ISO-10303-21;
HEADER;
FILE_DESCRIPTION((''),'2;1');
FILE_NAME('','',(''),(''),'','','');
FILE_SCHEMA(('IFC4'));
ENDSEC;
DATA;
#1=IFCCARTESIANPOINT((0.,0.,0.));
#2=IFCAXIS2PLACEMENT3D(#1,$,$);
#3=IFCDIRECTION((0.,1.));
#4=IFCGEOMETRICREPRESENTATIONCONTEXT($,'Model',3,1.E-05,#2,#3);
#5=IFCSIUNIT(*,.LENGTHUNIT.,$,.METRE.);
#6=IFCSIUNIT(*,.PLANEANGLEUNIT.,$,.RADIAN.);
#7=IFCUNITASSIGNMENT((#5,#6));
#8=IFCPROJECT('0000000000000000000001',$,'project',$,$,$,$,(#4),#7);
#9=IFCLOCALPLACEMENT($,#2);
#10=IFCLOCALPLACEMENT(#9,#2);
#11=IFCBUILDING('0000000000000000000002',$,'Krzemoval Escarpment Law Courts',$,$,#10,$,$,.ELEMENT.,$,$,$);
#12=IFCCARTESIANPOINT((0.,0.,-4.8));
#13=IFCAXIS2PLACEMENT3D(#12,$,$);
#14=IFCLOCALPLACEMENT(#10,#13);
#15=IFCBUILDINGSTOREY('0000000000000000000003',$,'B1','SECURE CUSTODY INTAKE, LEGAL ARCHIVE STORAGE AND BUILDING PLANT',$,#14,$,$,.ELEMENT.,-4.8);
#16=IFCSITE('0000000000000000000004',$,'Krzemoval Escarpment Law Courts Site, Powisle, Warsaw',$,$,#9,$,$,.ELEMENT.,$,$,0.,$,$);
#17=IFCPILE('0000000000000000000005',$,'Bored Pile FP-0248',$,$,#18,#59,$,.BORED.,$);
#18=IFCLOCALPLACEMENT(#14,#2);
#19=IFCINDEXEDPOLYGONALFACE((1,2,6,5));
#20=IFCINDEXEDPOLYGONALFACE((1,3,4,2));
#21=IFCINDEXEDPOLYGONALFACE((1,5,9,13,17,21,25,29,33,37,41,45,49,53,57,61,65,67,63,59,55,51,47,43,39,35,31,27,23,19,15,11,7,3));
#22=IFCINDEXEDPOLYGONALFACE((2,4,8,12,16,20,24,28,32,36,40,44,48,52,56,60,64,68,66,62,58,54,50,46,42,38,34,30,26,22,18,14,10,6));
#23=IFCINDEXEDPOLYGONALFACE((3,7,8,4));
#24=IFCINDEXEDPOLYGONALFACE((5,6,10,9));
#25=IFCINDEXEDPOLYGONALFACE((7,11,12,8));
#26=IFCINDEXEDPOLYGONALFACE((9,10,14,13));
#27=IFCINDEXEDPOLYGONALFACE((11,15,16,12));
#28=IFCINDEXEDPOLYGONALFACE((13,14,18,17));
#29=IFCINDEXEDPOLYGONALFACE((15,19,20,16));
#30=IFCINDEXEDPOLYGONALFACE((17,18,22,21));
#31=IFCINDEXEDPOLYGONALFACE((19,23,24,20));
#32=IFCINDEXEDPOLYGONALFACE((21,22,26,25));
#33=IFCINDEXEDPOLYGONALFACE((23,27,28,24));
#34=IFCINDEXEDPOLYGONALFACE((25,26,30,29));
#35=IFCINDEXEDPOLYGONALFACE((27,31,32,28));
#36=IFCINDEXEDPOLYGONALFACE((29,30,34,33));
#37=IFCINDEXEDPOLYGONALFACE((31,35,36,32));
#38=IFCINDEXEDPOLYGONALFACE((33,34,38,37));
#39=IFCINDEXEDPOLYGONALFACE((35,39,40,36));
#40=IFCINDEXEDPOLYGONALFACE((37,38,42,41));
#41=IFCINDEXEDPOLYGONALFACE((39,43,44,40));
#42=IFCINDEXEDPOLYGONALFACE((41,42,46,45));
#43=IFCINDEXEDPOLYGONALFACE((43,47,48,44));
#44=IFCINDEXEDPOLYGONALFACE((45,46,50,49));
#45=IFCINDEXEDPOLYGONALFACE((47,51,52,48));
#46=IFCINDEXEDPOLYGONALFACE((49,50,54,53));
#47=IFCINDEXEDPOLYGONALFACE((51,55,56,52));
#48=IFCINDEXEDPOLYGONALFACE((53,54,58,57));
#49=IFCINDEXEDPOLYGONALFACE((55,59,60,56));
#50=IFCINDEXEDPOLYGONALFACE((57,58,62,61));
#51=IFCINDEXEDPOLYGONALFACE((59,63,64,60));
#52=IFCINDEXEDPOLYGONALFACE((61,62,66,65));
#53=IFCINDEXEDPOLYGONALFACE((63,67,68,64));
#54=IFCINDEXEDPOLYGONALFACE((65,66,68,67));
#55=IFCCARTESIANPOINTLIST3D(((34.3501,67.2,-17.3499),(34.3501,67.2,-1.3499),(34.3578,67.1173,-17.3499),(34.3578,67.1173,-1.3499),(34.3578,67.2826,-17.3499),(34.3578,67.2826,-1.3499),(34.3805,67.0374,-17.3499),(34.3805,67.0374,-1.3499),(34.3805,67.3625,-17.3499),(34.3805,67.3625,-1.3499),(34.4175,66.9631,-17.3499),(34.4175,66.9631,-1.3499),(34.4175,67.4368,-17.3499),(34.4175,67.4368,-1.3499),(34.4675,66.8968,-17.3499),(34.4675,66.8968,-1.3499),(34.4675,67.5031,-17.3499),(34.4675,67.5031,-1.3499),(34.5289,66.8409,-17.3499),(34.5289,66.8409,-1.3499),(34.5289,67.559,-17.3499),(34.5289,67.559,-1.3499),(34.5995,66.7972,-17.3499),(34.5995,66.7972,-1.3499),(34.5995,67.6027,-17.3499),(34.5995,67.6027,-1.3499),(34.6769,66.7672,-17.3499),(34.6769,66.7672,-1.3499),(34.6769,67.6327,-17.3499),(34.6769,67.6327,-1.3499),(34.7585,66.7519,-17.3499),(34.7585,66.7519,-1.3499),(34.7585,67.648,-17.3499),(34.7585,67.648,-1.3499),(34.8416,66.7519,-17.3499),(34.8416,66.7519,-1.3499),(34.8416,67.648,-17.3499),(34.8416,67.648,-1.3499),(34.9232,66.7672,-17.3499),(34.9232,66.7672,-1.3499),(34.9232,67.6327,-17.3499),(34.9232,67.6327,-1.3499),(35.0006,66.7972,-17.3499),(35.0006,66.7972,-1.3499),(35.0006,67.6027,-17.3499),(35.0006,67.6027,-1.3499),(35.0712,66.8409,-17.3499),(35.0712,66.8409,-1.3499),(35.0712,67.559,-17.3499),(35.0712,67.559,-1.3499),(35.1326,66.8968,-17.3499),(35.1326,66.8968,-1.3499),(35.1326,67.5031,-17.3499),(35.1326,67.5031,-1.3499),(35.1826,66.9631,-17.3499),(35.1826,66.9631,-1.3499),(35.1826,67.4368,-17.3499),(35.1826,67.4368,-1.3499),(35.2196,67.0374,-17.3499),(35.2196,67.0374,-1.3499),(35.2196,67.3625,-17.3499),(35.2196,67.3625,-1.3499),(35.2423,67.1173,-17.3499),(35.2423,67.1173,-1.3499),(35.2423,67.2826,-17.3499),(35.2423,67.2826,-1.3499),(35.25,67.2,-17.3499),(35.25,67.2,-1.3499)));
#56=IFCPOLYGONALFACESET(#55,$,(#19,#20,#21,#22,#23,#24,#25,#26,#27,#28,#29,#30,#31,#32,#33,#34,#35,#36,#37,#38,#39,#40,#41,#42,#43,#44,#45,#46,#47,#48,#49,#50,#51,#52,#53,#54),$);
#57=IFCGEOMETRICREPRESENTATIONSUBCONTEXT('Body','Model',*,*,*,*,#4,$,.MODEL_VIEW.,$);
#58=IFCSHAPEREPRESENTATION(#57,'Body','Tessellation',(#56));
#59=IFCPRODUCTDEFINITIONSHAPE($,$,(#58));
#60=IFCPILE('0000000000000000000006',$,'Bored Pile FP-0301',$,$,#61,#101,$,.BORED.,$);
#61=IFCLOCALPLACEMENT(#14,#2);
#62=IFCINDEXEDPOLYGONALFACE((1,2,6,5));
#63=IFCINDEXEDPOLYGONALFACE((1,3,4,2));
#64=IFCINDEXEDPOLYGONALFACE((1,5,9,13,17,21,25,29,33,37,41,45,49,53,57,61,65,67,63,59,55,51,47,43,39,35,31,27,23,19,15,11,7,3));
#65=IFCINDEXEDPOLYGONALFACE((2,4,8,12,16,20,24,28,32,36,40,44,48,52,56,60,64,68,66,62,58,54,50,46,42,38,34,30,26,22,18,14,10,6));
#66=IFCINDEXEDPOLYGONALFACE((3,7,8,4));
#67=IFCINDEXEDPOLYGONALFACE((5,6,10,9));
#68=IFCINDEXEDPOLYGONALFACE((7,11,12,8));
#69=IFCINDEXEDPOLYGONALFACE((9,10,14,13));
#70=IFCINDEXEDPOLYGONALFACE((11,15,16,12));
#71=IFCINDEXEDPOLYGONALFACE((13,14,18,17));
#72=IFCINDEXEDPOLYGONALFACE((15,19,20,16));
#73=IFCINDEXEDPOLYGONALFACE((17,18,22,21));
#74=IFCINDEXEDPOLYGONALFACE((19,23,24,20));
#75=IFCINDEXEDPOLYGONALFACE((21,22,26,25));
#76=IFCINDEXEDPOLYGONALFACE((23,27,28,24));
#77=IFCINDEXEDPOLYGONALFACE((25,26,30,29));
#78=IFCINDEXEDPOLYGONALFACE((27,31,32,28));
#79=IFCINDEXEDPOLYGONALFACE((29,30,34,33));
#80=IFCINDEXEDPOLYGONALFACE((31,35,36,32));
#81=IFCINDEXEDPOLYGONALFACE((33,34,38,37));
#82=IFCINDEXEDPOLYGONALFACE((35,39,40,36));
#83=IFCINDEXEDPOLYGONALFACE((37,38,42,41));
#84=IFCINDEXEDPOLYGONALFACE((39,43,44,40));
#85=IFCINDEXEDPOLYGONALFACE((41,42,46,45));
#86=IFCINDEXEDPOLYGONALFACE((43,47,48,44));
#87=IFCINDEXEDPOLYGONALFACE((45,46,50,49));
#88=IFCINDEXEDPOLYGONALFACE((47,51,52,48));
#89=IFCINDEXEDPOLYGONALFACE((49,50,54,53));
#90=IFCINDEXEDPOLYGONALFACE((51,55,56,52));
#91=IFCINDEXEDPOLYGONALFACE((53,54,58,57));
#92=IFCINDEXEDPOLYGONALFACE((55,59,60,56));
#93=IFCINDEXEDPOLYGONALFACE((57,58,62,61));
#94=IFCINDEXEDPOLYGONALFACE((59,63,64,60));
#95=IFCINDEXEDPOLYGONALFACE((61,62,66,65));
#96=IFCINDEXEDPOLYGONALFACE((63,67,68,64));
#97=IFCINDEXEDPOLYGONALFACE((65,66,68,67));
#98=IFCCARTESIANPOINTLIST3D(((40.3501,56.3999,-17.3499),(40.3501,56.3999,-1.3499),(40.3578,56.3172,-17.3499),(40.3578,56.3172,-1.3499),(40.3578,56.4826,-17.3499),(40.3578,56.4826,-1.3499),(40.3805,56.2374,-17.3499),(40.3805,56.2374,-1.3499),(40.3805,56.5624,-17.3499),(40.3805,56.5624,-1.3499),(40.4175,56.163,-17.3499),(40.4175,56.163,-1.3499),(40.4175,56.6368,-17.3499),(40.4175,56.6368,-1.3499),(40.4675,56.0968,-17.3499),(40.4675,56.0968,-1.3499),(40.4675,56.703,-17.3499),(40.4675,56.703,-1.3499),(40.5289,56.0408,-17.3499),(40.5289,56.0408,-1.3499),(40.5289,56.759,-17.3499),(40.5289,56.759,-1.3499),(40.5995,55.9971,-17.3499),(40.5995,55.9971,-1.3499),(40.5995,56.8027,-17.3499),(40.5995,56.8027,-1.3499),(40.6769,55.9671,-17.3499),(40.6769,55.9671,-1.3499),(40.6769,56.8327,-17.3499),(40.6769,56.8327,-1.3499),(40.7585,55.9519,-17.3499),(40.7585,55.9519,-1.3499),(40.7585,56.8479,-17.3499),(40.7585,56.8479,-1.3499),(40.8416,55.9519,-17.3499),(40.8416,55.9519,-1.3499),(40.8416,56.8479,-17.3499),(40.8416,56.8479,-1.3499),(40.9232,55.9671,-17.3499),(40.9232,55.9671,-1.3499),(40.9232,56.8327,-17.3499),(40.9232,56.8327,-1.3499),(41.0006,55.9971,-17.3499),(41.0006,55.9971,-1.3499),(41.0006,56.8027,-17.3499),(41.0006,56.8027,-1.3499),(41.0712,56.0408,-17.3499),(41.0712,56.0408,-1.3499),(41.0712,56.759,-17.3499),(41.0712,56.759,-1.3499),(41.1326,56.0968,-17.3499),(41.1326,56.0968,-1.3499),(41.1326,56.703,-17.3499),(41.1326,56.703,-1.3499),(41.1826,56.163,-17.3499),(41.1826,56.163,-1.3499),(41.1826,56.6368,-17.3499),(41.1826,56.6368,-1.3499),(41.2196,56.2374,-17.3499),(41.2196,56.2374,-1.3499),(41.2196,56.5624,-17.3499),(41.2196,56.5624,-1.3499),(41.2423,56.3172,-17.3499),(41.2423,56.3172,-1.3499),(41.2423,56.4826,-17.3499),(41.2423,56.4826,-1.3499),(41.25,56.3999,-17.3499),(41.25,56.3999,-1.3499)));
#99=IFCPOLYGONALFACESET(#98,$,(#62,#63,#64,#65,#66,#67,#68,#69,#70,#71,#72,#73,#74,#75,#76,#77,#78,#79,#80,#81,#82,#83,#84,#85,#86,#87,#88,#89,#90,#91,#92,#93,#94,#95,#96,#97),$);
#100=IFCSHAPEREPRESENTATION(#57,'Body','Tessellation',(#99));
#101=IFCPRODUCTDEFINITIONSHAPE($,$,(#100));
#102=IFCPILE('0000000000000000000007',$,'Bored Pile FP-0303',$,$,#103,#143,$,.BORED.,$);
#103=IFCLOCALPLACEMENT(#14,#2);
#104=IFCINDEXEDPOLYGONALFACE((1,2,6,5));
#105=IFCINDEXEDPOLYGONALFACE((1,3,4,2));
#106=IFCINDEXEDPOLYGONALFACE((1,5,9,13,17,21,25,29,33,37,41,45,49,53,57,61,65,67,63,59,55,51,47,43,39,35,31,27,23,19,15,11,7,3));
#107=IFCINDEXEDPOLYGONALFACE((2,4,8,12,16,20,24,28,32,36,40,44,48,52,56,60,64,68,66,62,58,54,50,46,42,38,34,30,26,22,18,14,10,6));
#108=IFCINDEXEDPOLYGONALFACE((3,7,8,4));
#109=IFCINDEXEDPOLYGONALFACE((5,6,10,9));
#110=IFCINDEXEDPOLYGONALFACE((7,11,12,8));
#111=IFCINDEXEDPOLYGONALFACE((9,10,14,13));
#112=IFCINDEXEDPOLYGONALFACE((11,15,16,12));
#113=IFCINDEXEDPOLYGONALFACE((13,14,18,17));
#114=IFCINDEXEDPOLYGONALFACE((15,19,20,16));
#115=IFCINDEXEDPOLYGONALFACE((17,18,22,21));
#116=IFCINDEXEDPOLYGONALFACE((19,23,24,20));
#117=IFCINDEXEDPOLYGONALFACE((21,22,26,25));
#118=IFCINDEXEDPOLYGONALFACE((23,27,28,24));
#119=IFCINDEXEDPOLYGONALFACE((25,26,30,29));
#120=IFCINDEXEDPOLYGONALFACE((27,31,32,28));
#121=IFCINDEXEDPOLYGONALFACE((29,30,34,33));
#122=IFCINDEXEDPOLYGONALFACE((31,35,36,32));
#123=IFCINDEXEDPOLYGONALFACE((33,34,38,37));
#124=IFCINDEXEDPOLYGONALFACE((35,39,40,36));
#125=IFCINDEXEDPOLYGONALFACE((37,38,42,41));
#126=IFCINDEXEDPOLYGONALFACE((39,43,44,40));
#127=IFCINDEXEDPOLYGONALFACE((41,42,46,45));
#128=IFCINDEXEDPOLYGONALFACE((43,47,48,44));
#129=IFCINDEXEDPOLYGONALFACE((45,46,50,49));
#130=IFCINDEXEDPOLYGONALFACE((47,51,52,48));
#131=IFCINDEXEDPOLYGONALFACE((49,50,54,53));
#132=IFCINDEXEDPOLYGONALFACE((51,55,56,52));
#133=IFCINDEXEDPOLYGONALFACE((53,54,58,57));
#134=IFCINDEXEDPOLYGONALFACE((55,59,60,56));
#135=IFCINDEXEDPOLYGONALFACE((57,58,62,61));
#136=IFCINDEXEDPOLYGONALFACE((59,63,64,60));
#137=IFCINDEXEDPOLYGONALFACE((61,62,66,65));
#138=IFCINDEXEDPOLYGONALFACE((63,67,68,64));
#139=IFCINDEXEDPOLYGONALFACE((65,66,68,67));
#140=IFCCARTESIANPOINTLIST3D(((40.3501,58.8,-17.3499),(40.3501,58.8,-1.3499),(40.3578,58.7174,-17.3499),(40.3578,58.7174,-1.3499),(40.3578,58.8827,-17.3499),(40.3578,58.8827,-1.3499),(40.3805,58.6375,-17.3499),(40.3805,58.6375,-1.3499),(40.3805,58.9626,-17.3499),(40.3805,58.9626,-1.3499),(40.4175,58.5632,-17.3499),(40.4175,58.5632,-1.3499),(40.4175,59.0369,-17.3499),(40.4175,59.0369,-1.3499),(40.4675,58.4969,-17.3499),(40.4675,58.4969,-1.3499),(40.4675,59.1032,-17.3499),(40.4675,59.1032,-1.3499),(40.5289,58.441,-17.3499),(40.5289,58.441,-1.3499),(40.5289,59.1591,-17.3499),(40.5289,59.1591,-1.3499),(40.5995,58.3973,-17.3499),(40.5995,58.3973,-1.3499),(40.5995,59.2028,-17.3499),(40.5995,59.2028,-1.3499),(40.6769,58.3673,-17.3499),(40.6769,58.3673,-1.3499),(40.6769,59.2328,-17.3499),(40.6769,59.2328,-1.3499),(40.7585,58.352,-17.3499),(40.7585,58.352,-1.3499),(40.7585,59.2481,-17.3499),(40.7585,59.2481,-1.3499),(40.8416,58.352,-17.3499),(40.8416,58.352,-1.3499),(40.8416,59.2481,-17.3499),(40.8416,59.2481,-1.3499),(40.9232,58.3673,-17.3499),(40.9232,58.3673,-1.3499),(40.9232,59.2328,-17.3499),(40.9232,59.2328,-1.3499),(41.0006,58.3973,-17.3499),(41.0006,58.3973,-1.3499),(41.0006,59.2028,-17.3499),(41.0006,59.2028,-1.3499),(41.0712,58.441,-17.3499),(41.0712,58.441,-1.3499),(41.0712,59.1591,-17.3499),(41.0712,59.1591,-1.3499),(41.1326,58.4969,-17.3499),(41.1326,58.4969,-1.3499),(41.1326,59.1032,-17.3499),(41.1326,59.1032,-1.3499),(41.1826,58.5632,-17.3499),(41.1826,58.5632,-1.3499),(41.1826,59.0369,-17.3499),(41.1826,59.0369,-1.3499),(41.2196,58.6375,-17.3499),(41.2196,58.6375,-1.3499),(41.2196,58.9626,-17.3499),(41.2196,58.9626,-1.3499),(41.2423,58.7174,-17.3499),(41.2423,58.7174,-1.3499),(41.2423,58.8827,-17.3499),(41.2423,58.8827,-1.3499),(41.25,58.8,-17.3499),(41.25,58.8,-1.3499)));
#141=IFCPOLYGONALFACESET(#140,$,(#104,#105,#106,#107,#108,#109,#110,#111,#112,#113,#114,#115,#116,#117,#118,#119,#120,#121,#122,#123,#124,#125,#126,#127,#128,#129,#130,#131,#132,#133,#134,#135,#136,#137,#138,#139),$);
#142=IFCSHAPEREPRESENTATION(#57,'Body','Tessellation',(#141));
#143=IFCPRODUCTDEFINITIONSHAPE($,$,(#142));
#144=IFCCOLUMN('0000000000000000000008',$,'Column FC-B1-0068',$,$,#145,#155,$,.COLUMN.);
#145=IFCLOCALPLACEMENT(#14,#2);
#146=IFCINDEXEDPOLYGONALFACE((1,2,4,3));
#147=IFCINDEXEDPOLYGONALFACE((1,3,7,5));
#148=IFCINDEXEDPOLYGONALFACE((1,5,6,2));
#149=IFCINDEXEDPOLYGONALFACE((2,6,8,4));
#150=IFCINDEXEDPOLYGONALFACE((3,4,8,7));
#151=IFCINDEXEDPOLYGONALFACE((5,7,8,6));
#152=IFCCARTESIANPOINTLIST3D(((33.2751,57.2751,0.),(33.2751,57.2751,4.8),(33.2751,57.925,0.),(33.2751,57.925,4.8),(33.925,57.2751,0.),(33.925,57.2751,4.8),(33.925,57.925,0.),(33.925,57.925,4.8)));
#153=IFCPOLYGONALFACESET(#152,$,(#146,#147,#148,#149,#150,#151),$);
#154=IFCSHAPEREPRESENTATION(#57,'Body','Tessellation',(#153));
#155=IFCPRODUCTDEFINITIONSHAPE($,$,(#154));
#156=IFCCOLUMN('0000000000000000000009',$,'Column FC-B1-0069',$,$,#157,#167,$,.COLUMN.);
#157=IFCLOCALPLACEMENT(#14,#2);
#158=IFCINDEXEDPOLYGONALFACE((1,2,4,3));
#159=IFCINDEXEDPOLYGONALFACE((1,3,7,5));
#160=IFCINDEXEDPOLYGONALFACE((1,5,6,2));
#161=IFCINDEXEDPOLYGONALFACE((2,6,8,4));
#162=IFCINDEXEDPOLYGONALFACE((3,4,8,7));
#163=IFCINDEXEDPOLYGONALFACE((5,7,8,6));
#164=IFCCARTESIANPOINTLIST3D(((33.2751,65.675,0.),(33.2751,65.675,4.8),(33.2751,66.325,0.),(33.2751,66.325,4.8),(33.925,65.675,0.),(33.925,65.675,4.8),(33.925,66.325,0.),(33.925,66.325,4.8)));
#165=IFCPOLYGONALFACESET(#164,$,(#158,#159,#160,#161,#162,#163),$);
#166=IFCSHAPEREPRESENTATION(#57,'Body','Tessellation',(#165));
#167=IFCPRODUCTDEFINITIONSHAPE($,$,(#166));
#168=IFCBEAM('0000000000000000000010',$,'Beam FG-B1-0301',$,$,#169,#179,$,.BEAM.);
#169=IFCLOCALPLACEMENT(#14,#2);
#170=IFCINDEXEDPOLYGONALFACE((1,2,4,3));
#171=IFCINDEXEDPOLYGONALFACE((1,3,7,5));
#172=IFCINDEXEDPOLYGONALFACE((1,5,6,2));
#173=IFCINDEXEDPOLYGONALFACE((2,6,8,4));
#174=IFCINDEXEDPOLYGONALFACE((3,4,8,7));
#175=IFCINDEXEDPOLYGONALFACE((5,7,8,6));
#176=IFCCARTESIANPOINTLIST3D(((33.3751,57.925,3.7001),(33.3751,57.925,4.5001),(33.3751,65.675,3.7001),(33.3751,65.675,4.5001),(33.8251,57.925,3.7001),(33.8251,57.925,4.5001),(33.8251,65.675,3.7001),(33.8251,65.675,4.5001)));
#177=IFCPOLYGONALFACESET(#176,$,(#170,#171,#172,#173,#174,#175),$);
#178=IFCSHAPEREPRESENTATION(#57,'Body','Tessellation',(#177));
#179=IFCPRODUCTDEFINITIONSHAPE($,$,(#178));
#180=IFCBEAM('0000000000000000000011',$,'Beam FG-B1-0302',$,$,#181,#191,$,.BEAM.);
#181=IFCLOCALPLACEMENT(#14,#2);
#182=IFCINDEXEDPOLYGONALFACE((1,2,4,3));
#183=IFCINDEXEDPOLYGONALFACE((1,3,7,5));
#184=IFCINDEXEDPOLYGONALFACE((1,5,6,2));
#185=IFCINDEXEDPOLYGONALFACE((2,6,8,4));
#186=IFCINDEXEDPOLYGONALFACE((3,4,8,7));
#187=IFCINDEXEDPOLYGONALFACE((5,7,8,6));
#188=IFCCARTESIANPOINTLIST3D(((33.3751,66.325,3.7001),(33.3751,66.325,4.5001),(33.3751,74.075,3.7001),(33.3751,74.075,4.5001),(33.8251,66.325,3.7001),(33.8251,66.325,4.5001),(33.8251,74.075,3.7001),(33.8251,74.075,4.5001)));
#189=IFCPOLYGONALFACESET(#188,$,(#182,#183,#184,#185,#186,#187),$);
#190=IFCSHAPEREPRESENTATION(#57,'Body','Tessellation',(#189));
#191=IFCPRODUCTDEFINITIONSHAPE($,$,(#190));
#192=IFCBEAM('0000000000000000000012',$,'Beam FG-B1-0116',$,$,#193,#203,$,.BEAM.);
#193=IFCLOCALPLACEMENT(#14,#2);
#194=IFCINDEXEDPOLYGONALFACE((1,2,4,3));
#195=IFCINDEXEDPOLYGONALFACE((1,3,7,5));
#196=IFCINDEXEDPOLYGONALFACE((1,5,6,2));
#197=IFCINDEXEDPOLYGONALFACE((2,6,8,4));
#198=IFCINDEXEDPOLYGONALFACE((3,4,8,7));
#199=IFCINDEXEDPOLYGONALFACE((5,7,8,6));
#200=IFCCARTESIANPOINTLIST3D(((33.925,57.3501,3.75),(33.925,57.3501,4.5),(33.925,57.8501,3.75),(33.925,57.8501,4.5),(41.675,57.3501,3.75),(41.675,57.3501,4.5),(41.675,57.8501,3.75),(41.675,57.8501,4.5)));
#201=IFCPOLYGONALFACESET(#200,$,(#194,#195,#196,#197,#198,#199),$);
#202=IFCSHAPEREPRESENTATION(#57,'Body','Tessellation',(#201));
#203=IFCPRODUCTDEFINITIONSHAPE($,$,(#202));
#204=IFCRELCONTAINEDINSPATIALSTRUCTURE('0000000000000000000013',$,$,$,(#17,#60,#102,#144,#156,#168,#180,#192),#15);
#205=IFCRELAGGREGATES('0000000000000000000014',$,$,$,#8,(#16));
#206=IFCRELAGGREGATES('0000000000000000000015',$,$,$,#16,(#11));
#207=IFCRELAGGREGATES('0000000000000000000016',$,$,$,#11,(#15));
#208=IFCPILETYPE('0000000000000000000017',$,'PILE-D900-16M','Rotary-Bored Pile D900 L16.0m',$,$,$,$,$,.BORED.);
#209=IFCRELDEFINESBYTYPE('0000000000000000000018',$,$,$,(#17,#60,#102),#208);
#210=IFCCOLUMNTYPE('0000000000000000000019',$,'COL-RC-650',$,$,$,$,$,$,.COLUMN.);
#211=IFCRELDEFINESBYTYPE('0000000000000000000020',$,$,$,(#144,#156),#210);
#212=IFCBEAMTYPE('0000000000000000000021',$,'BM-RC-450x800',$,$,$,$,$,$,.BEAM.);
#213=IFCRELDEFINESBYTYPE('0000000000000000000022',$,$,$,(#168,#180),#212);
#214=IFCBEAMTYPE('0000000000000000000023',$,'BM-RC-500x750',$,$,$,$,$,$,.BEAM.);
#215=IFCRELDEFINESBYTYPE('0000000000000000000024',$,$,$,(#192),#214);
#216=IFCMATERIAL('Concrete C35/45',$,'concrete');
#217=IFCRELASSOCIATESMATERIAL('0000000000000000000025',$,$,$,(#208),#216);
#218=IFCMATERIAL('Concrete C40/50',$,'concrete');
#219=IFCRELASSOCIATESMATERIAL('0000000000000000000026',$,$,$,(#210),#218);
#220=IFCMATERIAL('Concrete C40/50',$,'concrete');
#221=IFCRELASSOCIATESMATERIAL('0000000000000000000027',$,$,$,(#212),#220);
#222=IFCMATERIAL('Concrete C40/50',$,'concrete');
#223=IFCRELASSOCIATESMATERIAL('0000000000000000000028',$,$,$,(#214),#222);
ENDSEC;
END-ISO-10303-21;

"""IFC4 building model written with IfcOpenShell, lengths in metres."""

from ifc_helpers import new_model, si_unit, direction, frame, origin, origin_2d, place, context, subcontext, project, spatial, rectangle, circle, extrude, material, material_profile, profile_set, type_object, element, save


model = new_model("IFC4")

# Units and contexts
model_context = context("Model", 3, precision=1e-05, world=origin(), true_north=direction((0.0, 1.0)))
body_context = subcontext(model_context, "Body", "Model", "MODEL_VIEW")
ifc_project = project(units=[si_unit("LENGTHUNIT", "METRE"), si_unit("PLANEANGLEUNIT", "RADIAN")], contexts=[model_context])

# Site, building, storey
site_placement = place(None, origin())
site = spatial("IfcSite", under=ifc_project, at=site_placement, Name="Krzemoval Escarpment Law Courts Site, Powisle, Warsaw", CompositionType="ELEMENT", RefElevation=0.0)
building_placement = place(site_placement, origin())
building = spatial("IfcBuilding", under=site, at=building_placement, Name="Krzemoval Escarpment Law Courts", CompositionType="ELEMENT")
storey_placement = place(building_placement, frame((0.0, 0.0, -4.8)))
storey = spatial("IfcBuildingStorey", under=building, at=storey_placement, Name="B1", Description="SECURE CUSTODY INTAKE, LEGAL ARCHIVE STORAGE AND BUILDING PLANT", CompositionType="ELEMENT", Elevation=-4.8)

# Piles
ifc_material_1 = material(Name="Concrete C35/45", Category="concrete")
ifc_material_profile_1 = material_profile(ifc_material_1, circle(Radius=0.45, at=origin_2d()), Name="PILE D900")
ifc_profile_set_1 = profile_set([ifc_material_profile_1], Name="Concrete C35/45")
pile_type = type_object("IfcPileType", Name="PILE-D900-16M", Description="Rotary-Bored Pile D900 L16.0m", PredefinedType="BORED", material=ifc_profile_set_1)
for number, where, z_axis, x_axis, name in (
    (1, (34.8, 67.2, -1.3499), (0.0, 0.0, -1.0), (1.0, 0.0, 0.0), "Bored Pile FP-0248"),
    (2, (40.8, 56.3999, -1.3499), (0.0, 0.0, -1.0), (1.0, 0.0, 0.0), "Bored Pile FP-0301"),
    (3, (40.8, 58.8, -1.3499), (0.0, 0.0, -1.0), (1.0, 0.0, 0.0), "Bored Pile FP-0303"),
):
    element("IfcPile", number, at=place(storey_placement, frame(where, z_axis=z_axis, x_axis=x_axis)), inside=storey, type_object=pile_type, Name=name, PredefinedType="BORED", context=body_context, shape_type="SweptSolid", body=[
        extrude(circle(Radius=0.45, at=origin_2d()), origin(), (0.0, 0.0, 1.0), 16.0),
    ])

# Columns
ifc_material_2 = material(Name="Concrete C40/50", Category="concrete")
ifc_material_profile_2 = material_profile(ifc_material_2, rectangle(XDim=0.6499, YDim=0.6499, at=origin_2d()), Name="RC 650x650")
ifc_profile_set_2 = profile_set([ifc_material_profile_2], Name="Concrete C40/50")
column_type = type_object("IfcColumnType", Name="COL-RC-650", PredefinedType="COLUMN", material=ifc_profile_set_2)
for number, where, z_axis, x_axis, name in (
    (4, (33.6001, 57.6001, 0.0), (0.0, 0.0, 1.0), (1.0, 0.0, 0.0), "Column FC-B1-0068"),
    (5, (33.6001, 66.0, 0.0), (0.0, 0.0, 1.0), (1.0, 0.0, 0.0), "Column FC-B1-0069"),
):
    element("IfcColumn", number, at=place(storey_placement, frame(where, z_axis=z_axis, x_axis=x_axis)), inside=storey, type_object=column_type, Name=name, PredefinedType="COLUMN", context=body_context, shape_type="SweptSolid", body=[
        extrude(rectangle(XDim=0.6499, YDim=0.6499, at=origin_2d()), origin(), (0.0, 0.0, 1.0), 4.8),
    ])

# Beams
ifc_material_3 = material(Name="Concrete C40/50", Category="concrete")
ifc_material_profile_3 = material_profile(ifc_material_3, rectangle(XDim=0.45, YDim=0.8, at=origin_2d()), Name="RCB 450x800")
ifc_profile_set_3 = profile_set([ifc_material_profile_3], Name="Concrete C40/50")
beam_type_1 = type_object("IfcBeamType", Name="BM-RC-450x800", PredefinedType="BEAM", material=ifc_profile_set_3)
for number, where, z_axis, x_axis, name in (
    (6, (33.6001, 57.925, 4.1001), (0.0, 1.0, 0.0), (-1.0, 0.0, 0.0), "Beam FG-B1-0301"),
    (7, (33.6001, 66.325, 4.1001), (0.0, 1.0, 0.0), (-1.0, 0.0, 0.0), "Beam FG-B1-0302"),
):
    element("IfcBeam", number, at=place(storey_placement, frame(where, z_axis=z_axis, x_axis=x_axis)), inside=storey, type_object=beam_type_1, Name=name, PredefinedType="BEAM", context=body_context, shape_type="SweptSolid", body=[
        extrude(rectangle(XDim=0.45, YDim=0.8, at=origin_2d()), origin(), (0.0, 0.0, 1.0), 7.75),
    ])
ifc_material_4 = material(Name="Concrete C40/50", Category="concrete")
ifc_material_profile_4 = material_profile(ifc_material_4, rectangle(XDim=0.5, YDim=0.75, at=origin_2d()), Name="RCB 500x750")
ifc_profile_set_4 = profile_set([ifc_material_profile_4], Name="Concrete C40/50")
beam_type_2 = type_object("IfcBeamType", Name="BM-RC-500x750", PredefinedType="BEAM", material=ifc_profile_set_4)
for number, where, z_axis, x_axis, name in (
    (8, (33.925, 57.6001, 4.125), (1.0, 0.0, 0.0), (0.0, 1.0, 0.0), "Beam FG-B1-0116"),
):
    element("IfcBeam", number, at=place(storey_placement, frame(where, z_axis=z_axis, x_axis=x_axis)), inside=storey, type_object=beam_type_2, Name=name, PredefinedType="BEAM", context=body_context, shape_type="SweptSolid", body=[
        extrude(rectangle(XDim=0.5, YDim=0.75, at=origin_2d()), origin(), (0.0, 0.0, 1.0), 7.75),
    ])

save(model, "model.ifc")
